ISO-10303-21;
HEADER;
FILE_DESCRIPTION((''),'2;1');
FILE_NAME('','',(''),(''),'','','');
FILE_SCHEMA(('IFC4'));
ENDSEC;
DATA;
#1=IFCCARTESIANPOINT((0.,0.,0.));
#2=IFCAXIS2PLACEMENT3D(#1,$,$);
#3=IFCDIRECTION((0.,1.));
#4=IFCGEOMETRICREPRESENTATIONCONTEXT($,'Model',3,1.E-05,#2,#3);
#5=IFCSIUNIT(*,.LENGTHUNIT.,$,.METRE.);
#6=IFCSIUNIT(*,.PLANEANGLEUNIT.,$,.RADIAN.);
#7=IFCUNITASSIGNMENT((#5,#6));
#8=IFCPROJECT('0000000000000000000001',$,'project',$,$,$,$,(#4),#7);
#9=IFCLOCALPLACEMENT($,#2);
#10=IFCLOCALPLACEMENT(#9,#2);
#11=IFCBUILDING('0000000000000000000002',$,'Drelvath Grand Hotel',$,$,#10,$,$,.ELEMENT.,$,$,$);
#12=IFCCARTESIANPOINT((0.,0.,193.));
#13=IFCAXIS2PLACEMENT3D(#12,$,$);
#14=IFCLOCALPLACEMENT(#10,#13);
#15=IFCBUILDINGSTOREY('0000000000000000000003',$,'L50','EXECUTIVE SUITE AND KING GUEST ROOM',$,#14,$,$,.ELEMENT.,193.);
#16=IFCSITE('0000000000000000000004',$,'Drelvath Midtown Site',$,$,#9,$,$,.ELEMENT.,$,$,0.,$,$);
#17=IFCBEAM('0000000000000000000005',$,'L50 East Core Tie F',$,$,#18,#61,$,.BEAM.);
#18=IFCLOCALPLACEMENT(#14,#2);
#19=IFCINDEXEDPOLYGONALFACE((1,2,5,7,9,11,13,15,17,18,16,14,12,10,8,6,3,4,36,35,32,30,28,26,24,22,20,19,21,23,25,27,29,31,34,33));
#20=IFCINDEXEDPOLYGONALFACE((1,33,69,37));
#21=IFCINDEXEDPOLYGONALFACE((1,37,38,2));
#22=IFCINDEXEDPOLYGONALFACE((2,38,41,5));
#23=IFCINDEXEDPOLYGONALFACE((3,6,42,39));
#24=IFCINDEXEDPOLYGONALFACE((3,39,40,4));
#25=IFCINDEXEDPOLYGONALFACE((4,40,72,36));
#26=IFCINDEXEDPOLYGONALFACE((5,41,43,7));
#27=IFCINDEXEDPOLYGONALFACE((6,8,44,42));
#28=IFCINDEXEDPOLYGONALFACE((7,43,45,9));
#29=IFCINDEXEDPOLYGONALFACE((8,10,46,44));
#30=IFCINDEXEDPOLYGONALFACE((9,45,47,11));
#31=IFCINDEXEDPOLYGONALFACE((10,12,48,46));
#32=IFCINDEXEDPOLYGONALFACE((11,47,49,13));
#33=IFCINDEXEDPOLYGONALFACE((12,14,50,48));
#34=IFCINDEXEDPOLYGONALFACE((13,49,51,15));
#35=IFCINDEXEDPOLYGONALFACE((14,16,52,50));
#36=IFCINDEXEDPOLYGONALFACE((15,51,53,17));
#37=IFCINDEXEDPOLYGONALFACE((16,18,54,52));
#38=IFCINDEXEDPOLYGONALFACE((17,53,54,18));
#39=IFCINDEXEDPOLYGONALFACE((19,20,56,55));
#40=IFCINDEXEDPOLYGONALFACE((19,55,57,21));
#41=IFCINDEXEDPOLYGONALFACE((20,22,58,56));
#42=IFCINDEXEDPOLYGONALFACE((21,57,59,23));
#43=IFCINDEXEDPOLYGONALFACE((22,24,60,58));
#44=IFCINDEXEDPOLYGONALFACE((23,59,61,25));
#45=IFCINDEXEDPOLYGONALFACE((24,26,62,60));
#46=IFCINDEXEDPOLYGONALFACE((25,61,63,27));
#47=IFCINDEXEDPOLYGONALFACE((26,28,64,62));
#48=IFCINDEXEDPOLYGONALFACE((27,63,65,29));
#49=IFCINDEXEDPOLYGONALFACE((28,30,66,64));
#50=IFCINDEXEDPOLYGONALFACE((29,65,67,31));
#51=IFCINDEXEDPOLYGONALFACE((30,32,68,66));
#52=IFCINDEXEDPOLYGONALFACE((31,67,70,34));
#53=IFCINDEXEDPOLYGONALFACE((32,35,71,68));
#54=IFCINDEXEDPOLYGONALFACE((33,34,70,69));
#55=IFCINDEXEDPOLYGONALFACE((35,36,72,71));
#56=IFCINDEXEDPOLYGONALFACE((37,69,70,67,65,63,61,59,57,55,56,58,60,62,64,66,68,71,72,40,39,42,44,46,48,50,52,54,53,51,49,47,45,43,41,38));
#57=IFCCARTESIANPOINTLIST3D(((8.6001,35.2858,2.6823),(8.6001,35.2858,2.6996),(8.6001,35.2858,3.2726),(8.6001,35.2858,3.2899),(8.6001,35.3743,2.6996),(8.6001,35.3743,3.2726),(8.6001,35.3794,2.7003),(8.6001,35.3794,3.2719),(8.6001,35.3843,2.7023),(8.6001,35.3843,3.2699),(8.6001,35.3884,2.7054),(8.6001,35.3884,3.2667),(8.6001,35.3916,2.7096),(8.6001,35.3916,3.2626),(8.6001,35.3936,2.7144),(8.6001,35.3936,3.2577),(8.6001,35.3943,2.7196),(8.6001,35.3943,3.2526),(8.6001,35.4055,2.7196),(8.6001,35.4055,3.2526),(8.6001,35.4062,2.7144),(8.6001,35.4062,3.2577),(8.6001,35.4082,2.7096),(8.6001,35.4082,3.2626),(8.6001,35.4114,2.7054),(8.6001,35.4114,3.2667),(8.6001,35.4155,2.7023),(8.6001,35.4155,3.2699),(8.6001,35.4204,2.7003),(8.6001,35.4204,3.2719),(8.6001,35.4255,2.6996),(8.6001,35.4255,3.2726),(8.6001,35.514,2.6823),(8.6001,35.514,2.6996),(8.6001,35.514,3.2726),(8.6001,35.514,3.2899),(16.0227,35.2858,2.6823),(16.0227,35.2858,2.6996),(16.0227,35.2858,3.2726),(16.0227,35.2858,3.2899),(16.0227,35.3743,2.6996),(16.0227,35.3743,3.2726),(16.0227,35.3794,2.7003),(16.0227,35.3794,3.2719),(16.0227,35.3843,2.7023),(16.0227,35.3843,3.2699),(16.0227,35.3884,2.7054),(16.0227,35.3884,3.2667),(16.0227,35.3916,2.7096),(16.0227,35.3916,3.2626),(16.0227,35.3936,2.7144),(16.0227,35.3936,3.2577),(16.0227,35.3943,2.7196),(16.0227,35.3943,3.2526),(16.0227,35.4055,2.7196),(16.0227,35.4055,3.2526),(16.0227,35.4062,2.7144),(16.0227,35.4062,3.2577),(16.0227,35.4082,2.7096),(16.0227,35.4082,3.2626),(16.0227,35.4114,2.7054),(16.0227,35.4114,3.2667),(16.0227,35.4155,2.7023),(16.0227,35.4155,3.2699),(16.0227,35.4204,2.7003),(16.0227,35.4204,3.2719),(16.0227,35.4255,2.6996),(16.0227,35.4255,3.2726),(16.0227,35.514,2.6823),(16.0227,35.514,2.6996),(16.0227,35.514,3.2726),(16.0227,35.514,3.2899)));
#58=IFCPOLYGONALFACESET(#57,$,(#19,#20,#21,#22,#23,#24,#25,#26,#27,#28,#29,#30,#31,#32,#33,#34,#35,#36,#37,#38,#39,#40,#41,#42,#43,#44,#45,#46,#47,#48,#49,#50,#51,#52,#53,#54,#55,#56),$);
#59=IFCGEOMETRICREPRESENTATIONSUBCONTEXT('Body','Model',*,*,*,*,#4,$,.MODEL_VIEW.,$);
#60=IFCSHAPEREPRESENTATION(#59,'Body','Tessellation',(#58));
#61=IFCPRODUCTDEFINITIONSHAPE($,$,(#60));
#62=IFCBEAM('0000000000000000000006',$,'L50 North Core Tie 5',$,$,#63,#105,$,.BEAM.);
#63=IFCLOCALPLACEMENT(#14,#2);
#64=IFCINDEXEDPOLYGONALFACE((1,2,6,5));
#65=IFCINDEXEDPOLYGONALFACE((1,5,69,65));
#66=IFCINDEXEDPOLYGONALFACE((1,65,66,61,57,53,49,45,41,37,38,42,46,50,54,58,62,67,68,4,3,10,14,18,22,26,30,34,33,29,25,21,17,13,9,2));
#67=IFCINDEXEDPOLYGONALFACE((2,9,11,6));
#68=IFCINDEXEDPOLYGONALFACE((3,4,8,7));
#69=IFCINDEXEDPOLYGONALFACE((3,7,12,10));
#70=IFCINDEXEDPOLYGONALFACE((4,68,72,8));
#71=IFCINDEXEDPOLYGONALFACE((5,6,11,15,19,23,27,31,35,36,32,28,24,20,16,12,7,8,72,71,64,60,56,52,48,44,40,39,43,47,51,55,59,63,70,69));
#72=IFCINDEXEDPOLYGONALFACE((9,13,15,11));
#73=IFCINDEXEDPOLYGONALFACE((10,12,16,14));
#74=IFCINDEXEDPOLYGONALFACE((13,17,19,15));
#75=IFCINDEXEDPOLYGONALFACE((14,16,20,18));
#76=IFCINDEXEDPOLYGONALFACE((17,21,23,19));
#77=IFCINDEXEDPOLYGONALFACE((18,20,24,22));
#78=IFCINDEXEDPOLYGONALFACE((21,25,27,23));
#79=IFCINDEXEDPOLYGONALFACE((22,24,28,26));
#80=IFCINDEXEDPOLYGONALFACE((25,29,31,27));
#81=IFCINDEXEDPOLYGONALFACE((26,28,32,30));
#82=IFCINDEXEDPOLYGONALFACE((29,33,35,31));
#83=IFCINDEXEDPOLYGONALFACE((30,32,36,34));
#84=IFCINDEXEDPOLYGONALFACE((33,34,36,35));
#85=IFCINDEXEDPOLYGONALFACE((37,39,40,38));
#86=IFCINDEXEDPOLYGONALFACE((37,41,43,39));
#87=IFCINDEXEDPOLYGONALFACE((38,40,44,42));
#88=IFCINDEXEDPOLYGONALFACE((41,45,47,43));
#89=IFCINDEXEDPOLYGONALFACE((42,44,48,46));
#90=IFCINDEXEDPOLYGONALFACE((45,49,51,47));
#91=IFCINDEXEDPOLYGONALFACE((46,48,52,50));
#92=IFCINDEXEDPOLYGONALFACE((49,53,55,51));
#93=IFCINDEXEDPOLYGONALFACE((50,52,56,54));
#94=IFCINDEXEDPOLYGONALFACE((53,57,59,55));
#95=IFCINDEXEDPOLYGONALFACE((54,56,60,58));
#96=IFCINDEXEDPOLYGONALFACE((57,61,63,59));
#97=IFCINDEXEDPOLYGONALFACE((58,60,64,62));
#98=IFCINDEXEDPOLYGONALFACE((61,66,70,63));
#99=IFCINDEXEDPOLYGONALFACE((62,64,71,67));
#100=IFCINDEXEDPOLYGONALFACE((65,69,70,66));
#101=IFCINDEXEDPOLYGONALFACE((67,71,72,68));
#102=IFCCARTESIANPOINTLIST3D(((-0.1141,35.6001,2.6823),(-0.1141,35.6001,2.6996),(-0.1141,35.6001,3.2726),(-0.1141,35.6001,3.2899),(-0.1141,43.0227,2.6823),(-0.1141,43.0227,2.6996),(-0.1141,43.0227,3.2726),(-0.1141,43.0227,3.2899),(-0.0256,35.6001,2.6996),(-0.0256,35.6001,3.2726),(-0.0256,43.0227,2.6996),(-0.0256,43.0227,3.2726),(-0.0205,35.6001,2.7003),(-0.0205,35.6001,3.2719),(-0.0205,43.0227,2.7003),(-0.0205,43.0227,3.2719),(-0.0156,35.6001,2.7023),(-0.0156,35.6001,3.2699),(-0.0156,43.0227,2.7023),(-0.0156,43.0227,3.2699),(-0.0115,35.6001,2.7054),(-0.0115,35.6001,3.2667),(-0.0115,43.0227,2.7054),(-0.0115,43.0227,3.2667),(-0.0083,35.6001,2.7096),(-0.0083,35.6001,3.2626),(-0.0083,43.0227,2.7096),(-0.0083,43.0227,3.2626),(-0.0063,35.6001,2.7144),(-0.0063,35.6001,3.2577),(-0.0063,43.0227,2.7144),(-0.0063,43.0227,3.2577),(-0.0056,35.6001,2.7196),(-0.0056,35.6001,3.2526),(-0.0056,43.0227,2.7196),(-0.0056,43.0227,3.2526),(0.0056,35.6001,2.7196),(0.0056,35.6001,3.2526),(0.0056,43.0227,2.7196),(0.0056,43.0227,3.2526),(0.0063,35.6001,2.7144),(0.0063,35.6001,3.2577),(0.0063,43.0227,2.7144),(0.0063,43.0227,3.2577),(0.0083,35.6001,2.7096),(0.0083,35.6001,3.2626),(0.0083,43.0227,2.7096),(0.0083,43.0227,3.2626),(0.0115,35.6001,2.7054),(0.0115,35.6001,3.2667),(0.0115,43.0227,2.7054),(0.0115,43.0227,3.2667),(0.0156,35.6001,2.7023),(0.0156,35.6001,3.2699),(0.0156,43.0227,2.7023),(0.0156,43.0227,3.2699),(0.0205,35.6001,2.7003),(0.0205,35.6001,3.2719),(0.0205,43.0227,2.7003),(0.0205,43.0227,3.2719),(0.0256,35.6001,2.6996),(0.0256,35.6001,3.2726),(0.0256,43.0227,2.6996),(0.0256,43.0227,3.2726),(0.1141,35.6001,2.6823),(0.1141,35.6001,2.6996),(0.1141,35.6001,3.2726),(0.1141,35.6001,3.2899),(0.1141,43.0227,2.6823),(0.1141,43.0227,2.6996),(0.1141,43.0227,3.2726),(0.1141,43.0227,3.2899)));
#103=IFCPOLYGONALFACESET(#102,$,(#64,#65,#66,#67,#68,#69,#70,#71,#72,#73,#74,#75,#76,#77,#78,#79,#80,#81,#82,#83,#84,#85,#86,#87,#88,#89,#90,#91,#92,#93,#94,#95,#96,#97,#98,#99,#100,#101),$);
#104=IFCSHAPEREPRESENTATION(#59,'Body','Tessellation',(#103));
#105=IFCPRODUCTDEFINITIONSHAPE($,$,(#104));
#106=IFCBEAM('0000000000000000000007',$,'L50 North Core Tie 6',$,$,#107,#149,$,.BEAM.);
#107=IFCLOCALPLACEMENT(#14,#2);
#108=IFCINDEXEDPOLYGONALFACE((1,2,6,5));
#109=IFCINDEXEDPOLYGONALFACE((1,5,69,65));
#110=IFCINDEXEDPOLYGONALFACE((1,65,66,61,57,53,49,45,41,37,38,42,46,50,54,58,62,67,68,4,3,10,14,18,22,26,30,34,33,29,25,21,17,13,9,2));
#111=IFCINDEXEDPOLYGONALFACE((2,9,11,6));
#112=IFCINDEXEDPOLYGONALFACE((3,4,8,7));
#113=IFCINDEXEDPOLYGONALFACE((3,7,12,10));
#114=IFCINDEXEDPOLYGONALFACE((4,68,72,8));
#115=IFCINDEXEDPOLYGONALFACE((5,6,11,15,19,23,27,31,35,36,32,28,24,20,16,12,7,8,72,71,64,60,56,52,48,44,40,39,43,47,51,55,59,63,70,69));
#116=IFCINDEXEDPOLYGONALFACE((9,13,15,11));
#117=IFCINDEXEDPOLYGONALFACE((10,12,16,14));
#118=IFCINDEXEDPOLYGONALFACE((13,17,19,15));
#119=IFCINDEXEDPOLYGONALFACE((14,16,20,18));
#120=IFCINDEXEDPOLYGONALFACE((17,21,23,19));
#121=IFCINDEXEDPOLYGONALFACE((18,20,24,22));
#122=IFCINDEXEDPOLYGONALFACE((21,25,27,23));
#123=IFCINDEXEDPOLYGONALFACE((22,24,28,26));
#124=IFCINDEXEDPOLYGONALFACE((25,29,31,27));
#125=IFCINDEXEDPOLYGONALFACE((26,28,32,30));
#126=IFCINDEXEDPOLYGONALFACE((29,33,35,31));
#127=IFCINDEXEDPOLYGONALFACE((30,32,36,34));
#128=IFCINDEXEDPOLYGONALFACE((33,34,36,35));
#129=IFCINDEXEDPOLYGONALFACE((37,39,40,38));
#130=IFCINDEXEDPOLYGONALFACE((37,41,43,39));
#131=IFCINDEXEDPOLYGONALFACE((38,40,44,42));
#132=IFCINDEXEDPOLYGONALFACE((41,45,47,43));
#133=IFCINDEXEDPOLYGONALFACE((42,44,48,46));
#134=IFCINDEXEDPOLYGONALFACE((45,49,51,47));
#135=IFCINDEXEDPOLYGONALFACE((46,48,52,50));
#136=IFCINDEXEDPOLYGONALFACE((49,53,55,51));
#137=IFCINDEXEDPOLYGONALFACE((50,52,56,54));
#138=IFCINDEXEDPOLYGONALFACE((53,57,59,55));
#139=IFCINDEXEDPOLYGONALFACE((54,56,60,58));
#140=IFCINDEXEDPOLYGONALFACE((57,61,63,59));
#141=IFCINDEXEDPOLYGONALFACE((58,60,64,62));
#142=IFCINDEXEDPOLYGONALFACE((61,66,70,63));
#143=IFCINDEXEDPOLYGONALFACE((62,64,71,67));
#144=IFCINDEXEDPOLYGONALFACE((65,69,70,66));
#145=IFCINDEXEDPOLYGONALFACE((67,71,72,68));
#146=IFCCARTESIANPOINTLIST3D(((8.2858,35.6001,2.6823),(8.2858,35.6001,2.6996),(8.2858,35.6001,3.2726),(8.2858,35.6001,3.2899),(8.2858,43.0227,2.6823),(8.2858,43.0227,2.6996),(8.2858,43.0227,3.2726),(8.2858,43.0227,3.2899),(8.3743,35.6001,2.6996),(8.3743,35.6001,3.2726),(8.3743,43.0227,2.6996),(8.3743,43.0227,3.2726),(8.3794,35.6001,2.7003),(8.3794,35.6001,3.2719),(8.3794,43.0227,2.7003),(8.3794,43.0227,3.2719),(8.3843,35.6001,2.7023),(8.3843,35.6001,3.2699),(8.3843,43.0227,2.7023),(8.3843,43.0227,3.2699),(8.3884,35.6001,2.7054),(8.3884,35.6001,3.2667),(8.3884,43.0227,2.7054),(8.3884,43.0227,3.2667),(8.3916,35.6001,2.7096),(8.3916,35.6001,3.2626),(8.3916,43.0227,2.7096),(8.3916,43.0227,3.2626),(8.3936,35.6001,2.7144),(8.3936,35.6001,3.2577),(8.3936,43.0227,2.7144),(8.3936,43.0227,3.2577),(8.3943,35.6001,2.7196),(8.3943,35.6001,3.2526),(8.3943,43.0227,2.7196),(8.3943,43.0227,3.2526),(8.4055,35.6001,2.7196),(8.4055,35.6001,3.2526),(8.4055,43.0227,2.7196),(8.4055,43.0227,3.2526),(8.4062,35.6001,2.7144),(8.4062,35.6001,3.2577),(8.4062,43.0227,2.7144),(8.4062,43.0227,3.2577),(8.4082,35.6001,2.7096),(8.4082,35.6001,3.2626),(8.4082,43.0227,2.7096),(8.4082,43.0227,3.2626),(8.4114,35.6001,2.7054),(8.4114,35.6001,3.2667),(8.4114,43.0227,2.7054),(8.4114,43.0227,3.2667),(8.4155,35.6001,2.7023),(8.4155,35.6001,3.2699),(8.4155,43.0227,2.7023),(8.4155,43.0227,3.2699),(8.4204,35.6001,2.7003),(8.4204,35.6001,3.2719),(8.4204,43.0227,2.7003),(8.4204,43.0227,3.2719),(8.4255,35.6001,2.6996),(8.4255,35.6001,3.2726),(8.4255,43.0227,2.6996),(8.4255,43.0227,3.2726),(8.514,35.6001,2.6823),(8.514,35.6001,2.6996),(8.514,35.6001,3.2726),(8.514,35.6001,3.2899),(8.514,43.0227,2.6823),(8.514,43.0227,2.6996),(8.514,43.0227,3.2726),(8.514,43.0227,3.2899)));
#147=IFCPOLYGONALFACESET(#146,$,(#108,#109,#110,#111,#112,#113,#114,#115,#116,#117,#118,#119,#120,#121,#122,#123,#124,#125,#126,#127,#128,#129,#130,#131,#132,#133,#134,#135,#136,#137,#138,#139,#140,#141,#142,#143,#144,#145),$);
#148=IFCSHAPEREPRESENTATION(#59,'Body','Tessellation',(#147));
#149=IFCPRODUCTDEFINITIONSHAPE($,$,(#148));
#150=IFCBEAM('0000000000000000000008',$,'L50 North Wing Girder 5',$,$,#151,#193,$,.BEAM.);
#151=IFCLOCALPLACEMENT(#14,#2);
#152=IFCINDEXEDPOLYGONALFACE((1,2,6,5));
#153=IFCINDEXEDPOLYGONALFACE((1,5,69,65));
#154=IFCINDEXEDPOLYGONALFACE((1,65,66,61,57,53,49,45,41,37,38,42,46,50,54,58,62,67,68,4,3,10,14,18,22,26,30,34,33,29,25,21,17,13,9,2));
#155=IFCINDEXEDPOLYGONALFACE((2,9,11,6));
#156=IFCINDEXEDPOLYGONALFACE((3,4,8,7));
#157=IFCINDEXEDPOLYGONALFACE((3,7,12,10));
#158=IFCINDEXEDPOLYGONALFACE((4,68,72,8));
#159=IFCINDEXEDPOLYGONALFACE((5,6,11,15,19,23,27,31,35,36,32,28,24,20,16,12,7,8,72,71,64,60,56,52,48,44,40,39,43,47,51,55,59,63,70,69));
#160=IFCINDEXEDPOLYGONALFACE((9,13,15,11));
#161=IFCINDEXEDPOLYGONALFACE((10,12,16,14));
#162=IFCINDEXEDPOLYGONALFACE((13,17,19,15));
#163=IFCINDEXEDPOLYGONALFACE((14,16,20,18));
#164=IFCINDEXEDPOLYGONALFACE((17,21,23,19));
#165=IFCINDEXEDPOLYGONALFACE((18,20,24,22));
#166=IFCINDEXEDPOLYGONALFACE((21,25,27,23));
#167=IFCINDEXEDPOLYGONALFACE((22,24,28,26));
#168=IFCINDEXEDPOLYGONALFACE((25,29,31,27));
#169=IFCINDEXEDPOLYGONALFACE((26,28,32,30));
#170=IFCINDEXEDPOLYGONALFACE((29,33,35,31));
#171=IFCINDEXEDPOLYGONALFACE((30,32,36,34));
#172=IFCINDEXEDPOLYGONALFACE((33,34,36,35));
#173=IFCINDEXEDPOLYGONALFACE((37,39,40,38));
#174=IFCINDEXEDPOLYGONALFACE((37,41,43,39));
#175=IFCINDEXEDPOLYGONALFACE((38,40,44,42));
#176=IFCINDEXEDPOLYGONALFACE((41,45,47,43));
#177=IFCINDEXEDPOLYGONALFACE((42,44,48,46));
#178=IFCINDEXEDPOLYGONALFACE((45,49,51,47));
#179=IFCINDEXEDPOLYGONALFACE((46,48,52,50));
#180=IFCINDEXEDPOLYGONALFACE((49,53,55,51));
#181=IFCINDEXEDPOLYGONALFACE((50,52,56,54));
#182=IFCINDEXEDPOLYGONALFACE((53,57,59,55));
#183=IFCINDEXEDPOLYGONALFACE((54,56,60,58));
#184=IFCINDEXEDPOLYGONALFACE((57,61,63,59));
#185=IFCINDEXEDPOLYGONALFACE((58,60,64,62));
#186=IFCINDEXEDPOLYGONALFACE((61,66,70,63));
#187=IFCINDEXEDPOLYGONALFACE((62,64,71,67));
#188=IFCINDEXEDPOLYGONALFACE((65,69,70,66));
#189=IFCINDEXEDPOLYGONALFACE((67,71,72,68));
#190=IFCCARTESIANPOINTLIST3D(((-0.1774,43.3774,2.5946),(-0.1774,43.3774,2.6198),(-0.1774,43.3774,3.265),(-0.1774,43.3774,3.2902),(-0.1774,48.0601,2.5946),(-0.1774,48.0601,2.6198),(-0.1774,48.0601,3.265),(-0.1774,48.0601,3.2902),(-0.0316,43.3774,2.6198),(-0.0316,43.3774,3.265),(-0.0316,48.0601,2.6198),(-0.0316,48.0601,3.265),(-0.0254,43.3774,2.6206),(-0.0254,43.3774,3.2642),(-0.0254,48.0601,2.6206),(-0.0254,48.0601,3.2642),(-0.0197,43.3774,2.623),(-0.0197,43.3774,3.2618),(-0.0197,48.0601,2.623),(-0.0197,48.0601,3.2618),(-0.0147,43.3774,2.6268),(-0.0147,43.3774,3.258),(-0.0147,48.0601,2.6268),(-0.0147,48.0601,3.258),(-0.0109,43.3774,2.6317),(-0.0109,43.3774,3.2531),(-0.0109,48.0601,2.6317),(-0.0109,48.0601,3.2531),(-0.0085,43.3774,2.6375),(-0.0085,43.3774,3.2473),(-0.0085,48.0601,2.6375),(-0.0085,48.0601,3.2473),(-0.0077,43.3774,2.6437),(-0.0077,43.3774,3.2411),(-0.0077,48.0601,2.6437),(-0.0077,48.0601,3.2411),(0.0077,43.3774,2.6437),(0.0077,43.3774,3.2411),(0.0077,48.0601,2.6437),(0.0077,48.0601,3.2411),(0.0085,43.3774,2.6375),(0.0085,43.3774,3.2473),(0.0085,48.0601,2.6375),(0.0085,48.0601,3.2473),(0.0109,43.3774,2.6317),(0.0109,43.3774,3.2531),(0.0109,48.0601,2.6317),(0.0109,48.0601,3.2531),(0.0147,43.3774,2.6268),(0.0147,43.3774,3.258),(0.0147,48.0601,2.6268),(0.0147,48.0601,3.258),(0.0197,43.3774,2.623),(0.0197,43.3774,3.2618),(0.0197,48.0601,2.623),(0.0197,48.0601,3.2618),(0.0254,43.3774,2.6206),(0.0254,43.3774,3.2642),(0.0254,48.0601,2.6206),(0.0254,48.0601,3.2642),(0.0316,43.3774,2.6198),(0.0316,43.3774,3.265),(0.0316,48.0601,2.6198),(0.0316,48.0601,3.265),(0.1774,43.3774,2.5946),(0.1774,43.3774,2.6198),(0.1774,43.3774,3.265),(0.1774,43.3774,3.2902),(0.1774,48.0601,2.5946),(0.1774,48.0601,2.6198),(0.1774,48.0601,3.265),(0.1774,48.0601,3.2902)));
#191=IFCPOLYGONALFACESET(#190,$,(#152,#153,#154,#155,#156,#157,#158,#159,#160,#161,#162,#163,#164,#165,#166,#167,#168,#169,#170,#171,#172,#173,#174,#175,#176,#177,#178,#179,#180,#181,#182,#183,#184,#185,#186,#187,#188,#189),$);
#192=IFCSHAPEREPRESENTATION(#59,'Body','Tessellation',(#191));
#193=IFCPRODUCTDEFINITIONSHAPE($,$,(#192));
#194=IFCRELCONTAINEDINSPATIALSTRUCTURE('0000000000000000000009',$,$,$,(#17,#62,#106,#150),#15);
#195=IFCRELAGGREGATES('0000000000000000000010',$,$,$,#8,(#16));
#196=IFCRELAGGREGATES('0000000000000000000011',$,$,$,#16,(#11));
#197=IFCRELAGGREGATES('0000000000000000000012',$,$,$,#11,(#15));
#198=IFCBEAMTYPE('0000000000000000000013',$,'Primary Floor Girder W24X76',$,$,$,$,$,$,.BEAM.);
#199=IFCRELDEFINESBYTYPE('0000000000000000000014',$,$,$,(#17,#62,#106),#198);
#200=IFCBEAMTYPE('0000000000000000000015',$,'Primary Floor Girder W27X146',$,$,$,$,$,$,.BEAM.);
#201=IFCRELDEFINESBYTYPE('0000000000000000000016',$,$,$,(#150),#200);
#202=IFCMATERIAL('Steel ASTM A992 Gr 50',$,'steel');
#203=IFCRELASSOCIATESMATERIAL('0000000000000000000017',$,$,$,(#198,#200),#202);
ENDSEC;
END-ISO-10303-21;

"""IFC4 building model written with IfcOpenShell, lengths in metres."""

from ifc_helpers import new_model, si_unit, direction, frame, origin, origin_2d, place, context, subcontext, project, spatial, i_section, extrude, material, material_profile, profile_set, type_object, element, save


model = new_model("IFC4")

# Units and contexts
model_context = context("Model", 3, precision=1e-05, world=origin(), true_north=direction((0.0, 1.0)))
body_context = subcontext(model_context, "Body", "Model", "MODEL_VIEW")
ifc_project = project(units=[si_unit("LENGTHUNIT", "METRE"), si_unit("PLANEANGLEUNIT", "RADIAN")], contexts=[model_context])

# Site, building, storey
site_placement = place(None, origin())
site = spatial("IfcSite", under=ifc_project, at=site_placement, Name="Drelvath Midtown Site", CompositionType="ELEMENT", RefElevation=0.0)
building_placement = place(site_placement, origin())
building = spatial("IfcBuilding", under=site, at=building_placement, Name="Drelvath Grand Hotel", CompositionType="ELEMENT")
storey_placement = place(building_placement, frame((0.0, 0.0, 193.0)))
storey = spatial("IfcBuildingStorey", under=building, at=storey_placement, Name="L50", Description="EXECUTIVE SUITE AND KING GUEST ROOM", CompositionType="ELEMENT", Elevation=193.0)

# Beams
ifc_material_1 = material(Name="Steel ASTM A992 Gr 50", Category="steel")
ifc_material_profile_1 = material_profile(ifc_material_1, i_section(OverallWidth=0.2283, OverallDepth=0.6077, WebThickness=0.0112, FlangeThickness=0.0173, FilletRadius=0.02, at=origin_2d()), Name="W24X76")
ifc_profile_set_1 = profile_set([ifc_material_profile_1], Name="Steel ASTM A992 Gr 50")
beam_type_1 = type_object("IfcBeamType", Name="Primary Floor Girder W24X76", PredefinedType="BEAM", material=ifc_profile_set_1)
for number, where, z_axis, x_axis, name in (
    (1, (8.6001, 35.3999, 2.9861), (1.0, 0.0, 0.0), (0.0, 1.0, 0.0), "L50 East Core Tie F"),
    (2, (0.0, 35.6001, 2.9861), (0.0, 1.0, 0.0), (-1.0, 0.0, 0.0), "L50 North Core Tie 5"),
    (3, (8.3999, 35.6001, 2.9861), (0.0, 1.0, 0.0), (-1.0, 0.0, 0.0), "L50 North Core Tie 6"),
):
    element("IfcBeam", number, at=place(storey_placement, frame(where, z_axis=z_axis, x_axis=x_axis)), inside=storey, type_object=beam_type_1, Name=name, PredefinedType="BEAM", context=body_context, shape_type="SweptSolid", body=[
        extrude(i_section(OverallWidth=0.2283, OverallDepth=0.6077, WebThickness=0.0112, FlangeThickness=0.0173, FilletRadius=0.02, at=origin_2d()), origin(), (0.0, 0.0, 1.0), 7.4226),
    ])
ifc_material_profile_2 = material_profile(ifc_material_1, i_section(OverallWidth=0.3547, OverallDepth=0.6956, WebThickness=0.0154, FlangeThickness=0.0251, FilletRadius=0.0239, at=origin_2d()), Name="W27X146")
ifc_profile_set_2 = profile_set([ifc_material_profile_2], Name="Steel ASTM A992 Gr 50")
beam_type_2 = type_object("IfcBeamType", Name="Primary Floor Girder W27X146", PredefinedType="BEAM", material=ifc_profile_set_2)
beam_placement = place(storey_placement, frame((0.0, 43.3774, 2.9424), z_axis=(0.0, 1.0, 0.0), x_axis=(-1.0, 0.0, 0.0)))
element("IfcBeam", 4, at=beam_placement, inside=storey, type_object=beam_type_2, Name="L50 North Wing Girder 5", PredefinedType="BEAM", context=body_context, shape_type="SweptSolid", body=[
    extrude(i_section(OverallWidth=0.3547, OverallDepth=0.6956, WebThickness=0.0154, FlangeThickness=0.0251, FilletRadius=0.0239, at=origin_2d()), origin(), (0.0, 0.0, 1.0), 4.6826),
])

save(model, "model.ifc")
